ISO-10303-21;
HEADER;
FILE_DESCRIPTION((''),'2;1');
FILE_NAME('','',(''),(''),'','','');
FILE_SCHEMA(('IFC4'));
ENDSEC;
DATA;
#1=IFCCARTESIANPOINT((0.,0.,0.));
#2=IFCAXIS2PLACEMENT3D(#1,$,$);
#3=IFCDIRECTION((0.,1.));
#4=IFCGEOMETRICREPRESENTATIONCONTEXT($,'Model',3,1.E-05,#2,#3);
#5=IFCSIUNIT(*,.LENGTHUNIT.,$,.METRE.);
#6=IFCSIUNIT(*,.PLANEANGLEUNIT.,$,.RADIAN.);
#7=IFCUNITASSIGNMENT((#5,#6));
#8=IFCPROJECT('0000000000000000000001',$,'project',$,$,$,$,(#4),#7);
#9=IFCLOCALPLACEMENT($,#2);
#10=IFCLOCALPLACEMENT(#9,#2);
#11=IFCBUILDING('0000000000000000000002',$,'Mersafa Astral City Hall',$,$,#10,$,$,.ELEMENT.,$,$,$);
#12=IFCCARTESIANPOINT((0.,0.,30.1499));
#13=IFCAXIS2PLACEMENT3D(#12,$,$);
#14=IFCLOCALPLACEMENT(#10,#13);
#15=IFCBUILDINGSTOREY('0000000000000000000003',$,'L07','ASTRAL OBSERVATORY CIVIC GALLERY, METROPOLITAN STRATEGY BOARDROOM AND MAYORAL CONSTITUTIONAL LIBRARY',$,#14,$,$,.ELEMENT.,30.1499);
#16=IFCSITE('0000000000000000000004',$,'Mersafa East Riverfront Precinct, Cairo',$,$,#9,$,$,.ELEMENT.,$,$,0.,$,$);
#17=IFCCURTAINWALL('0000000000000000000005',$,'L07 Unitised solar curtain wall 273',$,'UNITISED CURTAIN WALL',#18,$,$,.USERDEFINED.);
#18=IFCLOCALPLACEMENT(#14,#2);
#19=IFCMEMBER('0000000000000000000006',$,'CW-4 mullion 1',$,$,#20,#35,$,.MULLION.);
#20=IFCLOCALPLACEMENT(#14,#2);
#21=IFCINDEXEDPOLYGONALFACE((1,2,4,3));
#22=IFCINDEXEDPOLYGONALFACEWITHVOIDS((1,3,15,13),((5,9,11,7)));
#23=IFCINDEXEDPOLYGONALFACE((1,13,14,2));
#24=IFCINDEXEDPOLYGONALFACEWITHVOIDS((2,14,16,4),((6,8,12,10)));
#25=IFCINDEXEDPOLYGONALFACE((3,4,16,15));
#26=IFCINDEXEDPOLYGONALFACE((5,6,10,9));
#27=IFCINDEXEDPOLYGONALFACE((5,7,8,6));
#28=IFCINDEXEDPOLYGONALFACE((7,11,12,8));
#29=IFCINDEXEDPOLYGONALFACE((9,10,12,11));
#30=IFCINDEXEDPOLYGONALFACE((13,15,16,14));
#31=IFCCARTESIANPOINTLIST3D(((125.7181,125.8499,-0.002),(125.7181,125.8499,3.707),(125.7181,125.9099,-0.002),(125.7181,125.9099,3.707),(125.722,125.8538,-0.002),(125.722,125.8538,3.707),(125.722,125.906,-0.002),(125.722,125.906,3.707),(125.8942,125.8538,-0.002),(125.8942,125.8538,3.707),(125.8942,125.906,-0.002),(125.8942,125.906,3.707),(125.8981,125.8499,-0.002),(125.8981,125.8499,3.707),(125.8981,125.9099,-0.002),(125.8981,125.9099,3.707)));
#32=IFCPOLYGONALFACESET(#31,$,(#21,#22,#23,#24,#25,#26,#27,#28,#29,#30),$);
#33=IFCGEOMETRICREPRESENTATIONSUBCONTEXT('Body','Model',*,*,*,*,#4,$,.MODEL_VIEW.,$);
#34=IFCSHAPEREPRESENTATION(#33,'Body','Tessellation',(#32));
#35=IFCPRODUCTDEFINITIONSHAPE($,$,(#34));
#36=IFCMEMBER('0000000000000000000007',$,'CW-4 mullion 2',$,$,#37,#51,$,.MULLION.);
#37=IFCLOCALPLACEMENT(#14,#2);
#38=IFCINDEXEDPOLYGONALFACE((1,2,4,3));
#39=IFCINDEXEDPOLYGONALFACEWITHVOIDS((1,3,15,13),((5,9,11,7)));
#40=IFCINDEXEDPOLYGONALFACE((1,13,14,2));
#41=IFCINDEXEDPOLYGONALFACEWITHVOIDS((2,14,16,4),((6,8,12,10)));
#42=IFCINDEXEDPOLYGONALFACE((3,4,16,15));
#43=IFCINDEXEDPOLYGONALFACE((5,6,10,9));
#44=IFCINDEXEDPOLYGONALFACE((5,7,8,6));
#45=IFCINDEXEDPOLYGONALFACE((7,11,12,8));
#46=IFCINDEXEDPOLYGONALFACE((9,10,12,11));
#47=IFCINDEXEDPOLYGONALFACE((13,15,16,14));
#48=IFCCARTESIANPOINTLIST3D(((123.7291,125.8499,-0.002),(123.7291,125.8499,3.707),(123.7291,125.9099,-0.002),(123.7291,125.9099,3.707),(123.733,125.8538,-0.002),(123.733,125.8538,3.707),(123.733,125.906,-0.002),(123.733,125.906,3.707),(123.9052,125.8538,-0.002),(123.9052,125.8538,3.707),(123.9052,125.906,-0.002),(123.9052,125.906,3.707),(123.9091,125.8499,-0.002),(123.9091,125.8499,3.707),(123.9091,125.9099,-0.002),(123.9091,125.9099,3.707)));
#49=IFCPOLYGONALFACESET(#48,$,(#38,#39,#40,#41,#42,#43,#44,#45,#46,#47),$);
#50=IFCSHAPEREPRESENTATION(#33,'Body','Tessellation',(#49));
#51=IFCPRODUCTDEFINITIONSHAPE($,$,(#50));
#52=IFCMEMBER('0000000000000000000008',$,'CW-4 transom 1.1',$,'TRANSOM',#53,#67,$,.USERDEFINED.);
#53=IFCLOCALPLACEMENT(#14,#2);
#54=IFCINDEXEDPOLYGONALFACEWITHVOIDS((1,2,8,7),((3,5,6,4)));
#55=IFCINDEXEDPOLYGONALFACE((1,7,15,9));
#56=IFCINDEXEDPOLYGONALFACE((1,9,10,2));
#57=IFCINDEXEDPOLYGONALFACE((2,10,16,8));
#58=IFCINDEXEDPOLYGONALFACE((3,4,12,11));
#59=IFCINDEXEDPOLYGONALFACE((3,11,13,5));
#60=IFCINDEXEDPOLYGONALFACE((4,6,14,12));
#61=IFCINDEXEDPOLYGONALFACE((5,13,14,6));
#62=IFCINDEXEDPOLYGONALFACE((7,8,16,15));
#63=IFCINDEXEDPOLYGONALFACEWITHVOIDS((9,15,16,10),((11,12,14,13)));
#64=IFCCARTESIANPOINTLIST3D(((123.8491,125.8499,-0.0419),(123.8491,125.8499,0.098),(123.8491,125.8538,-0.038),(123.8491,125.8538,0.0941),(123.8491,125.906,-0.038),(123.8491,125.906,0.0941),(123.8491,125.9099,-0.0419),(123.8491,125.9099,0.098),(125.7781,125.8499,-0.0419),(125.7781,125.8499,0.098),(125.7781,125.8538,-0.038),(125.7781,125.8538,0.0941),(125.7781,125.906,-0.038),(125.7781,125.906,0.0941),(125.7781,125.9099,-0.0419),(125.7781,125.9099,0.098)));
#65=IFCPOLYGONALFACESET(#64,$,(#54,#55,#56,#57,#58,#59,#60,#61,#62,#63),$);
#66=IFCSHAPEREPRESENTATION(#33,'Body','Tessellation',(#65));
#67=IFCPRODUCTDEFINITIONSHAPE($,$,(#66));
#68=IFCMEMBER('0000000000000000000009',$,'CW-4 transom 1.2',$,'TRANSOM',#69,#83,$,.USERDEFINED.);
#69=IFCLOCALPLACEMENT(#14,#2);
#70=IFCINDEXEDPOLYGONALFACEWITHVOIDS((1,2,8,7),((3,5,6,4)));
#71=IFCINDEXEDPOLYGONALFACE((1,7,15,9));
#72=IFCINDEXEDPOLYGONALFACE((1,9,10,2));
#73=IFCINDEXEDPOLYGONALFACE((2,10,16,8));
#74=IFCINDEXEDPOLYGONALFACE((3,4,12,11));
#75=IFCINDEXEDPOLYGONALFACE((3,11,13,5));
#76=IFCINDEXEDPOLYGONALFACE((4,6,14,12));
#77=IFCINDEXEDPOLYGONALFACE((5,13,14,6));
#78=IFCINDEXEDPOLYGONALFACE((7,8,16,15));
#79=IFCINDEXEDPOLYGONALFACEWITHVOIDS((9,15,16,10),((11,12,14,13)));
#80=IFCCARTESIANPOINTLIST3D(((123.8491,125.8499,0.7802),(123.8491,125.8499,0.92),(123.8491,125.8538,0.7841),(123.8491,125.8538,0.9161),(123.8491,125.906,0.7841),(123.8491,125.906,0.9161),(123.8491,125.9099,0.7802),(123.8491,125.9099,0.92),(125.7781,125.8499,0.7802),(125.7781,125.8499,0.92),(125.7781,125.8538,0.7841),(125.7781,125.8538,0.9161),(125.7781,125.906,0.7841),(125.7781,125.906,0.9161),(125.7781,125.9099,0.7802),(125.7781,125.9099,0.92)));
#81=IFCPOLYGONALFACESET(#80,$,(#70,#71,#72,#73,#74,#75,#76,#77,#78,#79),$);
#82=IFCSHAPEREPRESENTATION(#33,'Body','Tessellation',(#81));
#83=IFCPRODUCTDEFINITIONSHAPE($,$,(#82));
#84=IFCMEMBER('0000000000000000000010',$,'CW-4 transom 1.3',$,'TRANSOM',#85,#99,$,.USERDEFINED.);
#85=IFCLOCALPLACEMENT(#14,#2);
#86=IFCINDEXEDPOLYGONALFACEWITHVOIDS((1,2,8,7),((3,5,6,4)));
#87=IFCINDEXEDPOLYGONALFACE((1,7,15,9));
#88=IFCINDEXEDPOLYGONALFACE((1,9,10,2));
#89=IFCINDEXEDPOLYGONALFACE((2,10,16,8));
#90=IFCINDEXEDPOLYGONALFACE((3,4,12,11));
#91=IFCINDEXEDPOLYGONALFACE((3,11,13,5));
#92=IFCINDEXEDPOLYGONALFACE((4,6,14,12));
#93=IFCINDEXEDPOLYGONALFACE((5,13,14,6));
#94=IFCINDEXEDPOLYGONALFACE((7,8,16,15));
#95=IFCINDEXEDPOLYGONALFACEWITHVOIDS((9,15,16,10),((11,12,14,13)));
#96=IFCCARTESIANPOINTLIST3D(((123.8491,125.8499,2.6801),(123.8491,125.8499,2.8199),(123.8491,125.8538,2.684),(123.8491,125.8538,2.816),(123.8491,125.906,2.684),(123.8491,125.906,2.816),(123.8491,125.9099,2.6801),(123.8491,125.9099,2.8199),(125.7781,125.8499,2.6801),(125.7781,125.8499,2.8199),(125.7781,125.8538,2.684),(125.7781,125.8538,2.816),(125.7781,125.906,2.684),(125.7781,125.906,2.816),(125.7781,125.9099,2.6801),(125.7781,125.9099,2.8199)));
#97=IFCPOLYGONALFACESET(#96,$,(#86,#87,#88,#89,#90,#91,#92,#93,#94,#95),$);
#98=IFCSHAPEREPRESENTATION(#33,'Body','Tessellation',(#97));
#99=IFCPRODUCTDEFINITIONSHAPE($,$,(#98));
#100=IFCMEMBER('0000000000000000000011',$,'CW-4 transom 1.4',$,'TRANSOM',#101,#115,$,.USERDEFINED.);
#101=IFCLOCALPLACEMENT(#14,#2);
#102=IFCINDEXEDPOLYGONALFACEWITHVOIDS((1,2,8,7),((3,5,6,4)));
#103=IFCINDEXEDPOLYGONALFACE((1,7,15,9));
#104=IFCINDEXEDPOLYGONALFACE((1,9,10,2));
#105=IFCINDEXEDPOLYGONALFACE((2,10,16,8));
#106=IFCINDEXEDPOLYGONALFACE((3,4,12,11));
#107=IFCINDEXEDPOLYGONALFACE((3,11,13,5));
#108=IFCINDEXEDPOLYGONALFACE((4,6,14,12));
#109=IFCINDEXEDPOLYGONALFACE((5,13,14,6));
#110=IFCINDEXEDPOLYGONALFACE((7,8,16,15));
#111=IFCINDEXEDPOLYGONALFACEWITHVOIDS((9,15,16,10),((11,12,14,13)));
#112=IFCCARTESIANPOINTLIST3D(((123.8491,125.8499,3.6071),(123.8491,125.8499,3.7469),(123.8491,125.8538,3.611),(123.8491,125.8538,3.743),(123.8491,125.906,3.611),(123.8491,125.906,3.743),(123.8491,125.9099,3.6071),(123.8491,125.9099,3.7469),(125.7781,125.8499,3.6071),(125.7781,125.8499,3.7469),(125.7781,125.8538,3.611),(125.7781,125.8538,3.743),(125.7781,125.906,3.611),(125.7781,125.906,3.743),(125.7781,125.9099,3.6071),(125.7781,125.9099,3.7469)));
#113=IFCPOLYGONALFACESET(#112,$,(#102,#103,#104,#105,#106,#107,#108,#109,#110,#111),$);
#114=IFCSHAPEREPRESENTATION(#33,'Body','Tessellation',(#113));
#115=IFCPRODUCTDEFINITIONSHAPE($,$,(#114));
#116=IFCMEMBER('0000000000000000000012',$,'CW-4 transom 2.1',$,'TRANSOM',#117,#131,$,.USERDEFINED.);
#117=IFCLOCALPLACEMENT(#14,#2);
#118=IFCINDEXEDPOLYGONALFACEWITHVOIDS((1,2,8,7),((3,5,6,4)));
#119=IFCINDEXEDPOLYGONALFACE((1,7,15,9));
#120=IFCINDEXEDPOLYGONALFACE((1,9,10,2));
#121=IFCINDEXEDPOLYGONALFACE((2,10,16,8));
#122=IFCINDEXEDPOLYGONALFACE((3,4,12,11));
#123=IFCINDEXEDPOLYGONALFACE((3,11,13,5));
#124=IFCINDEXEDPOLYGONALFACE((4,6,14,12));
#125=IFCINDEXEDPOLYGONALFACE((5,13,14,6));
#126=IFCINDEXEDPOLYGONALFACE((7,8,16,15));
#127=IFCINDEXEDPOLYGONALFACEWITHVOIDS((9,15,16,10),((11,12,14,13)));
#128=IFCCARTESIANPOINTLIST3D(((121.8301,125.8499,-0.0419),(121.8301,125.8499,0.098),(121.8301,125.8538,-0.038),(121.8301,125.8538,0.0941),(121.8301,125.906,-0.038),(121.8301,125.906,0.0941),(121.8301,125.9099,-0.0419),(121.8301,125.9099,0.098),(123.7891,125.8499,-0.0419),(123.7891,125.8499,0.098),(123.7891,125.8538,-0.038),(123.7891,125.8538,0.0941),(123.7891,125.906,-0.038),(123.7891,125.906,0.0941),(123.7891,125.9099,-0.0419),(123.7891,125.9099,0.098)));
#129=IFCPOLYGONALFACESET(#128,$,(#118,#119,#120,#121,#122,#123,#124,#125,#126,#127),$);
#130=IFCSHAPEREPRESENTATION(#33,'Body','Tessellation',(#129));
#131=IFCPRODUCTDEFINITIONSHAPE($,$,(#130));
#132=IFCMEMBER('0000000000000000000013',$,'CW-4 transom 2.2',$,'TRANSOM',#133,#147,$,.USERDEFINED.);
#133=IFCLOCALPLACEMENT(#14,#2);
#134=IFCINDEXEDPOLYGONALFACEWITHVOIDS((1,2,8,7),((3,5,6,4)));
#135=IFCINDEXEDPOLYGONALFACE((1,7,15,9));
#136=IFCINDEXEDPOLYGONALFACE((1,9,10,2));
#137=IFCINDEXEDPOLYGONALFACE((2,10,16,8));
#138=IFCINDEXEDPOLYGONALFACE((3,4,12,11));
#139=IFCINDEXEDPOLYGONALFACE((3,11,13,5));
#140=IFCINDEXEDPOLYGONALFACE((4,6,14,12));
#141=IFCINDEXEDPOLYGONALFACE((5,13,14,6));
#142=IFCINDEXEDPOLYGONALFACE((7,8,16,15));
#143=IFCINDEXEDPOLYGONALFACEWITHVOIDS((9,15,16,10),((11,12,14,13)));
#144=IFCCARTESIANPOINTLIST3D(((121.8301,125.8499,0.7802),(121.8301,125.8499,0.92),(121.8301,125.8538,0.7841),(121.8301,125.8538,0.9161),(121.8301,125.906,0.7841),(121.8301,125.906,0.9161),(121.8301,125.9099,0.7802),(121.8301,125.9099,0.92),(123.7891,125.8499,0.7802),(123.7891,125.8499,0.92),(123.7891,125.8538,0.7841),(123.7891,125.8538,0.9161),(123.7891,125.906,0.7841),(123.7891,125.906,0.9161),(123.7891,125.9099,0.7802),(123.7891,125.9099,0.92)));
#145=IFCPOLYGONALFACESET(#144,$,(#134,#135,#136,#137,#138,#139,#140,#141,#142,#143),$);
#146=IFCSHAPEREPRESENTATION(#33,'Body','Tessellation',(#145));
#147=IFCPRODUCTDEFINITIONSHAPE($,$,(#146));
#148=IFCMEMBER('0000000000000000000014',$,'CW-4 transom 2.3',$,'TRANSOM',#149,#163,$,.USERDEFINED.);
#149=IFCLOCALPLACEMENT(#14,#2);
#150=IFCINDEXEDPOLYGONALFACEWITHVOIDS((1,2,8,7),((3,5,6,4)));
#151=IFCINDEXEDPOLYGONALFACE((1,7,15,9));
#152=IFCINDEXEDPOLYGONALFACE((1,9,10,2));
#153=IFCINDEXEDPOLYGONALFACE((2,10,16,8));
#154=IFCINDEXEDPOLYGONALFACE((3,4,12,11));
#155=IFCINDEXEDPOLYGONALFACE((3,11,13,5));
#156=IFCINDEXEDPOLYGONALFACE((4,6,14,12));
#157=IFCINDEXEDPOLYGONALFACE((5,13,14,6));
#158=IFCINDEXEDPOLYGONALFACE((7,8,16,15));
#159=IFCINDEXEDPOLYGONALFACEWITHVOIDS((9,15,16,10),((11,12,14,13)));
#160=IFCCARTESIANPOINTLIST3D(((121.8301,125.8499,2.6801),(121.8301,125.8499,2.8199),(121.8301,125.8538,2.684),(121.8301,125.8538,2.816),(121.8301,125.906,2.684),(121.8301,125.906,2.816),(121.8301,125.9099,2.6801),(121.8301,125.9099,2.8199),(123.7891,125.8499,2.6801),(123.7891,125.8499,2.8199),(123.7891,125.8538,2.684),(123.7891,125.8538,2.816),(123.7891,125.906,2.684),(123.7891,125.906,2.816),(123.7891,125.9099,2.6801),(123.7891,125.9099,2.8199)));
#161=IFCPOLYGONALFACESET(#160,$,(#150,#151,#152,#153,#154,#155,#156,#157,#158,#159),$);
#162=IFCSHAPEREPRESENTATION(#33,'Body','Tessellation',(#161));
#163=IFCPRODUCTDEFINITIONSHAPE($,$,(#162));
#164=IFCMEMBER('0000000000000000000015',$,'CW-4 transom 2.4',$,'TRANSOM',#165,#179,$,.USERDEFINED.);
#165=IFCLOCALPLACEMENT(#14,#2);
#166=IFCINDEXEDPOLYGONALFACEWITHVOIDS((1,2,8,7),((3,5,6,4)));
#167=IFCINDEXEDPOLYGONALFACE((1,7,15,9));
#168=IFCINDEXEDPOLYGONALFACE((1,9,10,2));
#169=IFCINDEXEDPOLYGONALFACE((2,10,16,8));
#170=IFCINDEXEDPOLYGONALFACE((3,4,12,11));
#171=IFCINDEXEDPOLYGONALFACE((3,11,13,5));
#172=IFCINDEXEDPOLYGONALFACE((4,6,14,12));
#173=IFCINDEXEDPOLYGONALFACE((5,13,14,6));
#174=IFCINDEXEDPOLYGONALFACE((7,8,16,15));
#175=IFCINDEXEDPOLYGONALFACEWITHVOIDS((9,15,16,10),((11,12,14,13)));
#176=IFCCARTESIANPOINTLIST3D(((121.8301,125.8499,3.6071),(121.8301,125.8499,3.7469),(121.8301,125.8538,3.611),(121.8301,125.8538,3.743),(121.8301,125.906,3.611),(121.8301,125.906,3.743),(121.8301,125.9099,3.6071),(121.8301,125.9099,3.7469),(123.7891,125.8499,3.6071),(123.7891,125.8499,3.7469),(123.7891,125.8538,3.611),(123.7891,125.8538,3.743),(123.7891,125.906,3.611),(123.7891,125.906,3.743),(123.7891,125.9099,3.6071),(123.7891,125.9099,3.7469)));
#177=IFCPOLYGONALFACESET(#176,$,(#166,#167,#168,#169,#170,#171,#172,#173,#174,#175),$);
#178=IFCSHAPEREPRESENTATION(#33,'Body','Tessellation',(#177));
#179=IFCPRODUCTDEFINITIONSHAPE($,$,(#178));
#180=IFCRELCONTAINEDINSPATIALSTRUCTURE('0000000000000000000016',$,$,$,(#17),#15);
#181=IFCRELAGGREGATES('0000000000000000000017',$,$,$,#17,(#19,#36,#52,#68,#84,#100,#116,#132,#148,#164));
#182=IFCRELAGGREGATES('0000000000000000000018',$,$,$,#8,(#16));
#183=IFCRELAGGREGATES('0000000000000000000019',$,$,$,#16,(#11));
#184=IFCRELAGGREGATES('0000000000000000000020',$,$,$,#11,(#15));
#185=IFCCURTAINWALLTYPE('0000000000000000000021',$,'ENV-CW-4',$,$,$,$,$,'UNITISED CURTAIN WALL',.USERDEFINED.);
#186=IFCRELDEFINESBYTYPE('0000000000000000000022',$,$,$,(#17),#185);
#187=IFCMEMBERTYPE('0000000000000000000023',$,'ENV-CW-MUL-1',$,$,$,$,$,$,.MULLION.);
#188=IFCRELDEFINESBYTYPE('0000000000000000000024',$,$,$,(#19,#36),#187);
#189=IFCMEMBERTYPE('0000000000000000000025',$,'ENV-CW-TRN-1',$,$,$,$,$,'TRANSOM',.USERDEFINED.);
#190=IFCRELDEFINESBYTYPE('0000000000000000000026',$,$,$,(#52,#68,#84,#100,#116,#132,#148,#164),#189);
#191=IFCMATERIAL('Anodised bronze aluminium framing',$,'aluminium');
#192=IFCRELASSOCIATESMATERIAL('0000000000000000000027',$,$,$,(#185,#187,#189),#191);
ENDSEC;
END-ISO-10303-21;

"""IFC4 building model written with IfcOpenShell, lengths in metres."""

from ifc_helpers import new_model, si_unit, direction, frame, origin, origin_2d, place, context, subcontext, project, spatial, hollow_rectangle, extrude, material, material_profile, profile_set, type_object, element, aggregate, save


model = new_model("IFC4")

# Units and contexts
model_context = context("Model", 3, precision=1e-05, world=origin(), true_north=direction((0.0, 1.0)))
body_context = subcontext(model_context, "Body", "Model", "MODEL_VIEW")
ifc_project = project(units=[si_unit("LENGTHUNIT", "METRE"), si_unit("PLANEANGLEUNIT", "RADIAN")], contexts=[model_context])

# Site, building, storey
site_placement = place(None, origin())
site = spatial("IfcSite", under=ifc_project, at=site_placement, Name="Mersafa East Riverfront Precinct, Cairo", CompositionType="ELEMENT", RefElevation=0.0)
building_placement = place(site_placement, origin())
building = spatial("IfcBuilding", under=site, at=building_placement, Name="Mersafa Astral City Hall", CompositionType="ELEMENT")
storey_placement = place(building_placement, frame((0.0, 0.0, 30.1499)))
storey = spatial("IfcBuildingStorey", under=building, at=storey_placement, Name="L07", Description="ASTRAL OBSERVATORY CIVIC GALLERY, METROPOLITAN STRATEGY BOARDROOM AND MAYORAL CONSTITUTIONAL LIBRARY", CompositionType="ELEMENT", Elevation=30.1499)

# Curtain wall, members
ifc_material_1 = material(Name="Anodised bronze aluminium framing", Category="aluminium")
curtain_wall_type = type_object("IfcCurtainWallType", Name="ENV-CW-4", ElementType="UNITISED CURTAIN WALL", PredefinedType="USERDEFINED", material=ifc_material_1)
curtain_wall_placement = place(storey_placement, origin())
curtain_wall = element("IfcCurtainWall", 1, at=curtain_wall_placement, inside=storey, type_object=curtain_wall_type, Name="L07 Unitised solar curtain wall 273", ObjectType="UNITISED CURTAIN WALL", PredefinedType="USERDEFINED")
ifc_material_profile_1 = material_profile(ifc_material_1, hollow_rectangle(XDim=0.0601, YDim=0.1799, WallThickness=0.0039, at=origin_2d()), Name="RHS 60x180x4")
ifc_profile_set_1 = profile_set([ifc_material_profile_1], Name="Anodised bronze aluminium framing")
member_type_1 = type_object("IfcMemberType", Name="ENV-CW-MUL-1", PredefinedType="MULLION", material=ifc_profile_set_1)
member_1_placement = place(storey_placement, frame((125.8081, 125.8799, -0.002), z_axis=(0.0, 0.0, 1.0), x_axis=(0.0, -1.0, 0.0)))
member_1 = element("IfcMember", 2, at=member_1_placement, type_object=member_type_1, Name="CW-4 mullion 1", PredefinedType="MULLION", context=body_context, shape_type="SweptSolid", body=[
    extrude(hollow_rectangle(XDim=0.0601, YDim=0.1799, WallThickness=0.0039, at=origin_2d()), origin(), (0.0, 0.0, 1.0), 3.709),
])
member_2_placement = place(storey_placement, frame((123.8191, 125.8799, -0.002), z_axis=(0.0, 0.0, 1.0), x_axis=(0.0, -1.0, 0.0)))
member_2 = element("IfcMember", 3, at=member_2_placement, type_object=member_type_1, Name="CW-4 mullion 2", PredefinedType="MULLION", context=body_context, shape_type="SweptSolid", body=[
    extrude(hollow_rectangle(XDim=0.0601, YDim=0.1799, WallThickness=0.0039, at=origin_2d()), origin(), (0.0, 0.0, 1.0), 3.709),
])
ifc_material_profile_2 = material_profile(ifc_material_1, hollow_rectangle(XDim=0.0601, YDim=0.1399, WallThickness=0.0039, at=origin_2d()), Name="RHS 60x140x4")
ifc_profile_set_2 = profile_set([ifc_material_profile_2], Name="Anodised bronze aluminium framing")
member_type_2 = type_object("IfcMemberType", Name="ENV-CW-TRN-1", ElementType="TRANSOM", PredefinedType="USERDEFINED", material=ifc_profile_set_2)
member_3_placement = place(storey_placement, frame((125.7781, 125.8799, 0.0281), z_axis=(-1.0, 0.0, 0.0), x_axis=(0.0, -1.0, 0.0)))
member_3 = element("IfcMember", 4, at=member_3_placement, type_object=member_type_2, Name="CW-4 transom 1.1", ObjectType="TRANSOM", PredefinedType="USERDEFINED", context=body_context, shape_type="SweptSolid", body=[
    extrude(hollow_rectangle(XDim=0.0601, YDim=0.1399, WallThickness=0.0039, at=origin_2d()), origin(), (0.0, 0.0, 1.0), 1.929),
])
member_4_placement = place(storey_placement, frame((125.7781, 125.8799, 0.8501), z_axis=(-1.0, 0.0, 0.0), x_axis=(0.0, -1.0, 0.0)))
member_4 = element("IfcMember", 5, at=member_4_placement, type_object=member_type_2, Name="CW-4 transom 1.2", ObjectType="TRANSOM", PredefinedType="USERDEFINED", context=body_context, shape_type="SweptSolid", body=[
    extrude(hollow_rectangle(XDim=0.0601, YDim=0.1399, WallThickness=0.0039, at=origin_2d()), origin(), (0.0, 0.0, 1.0), 1.929),
])
member_5_placement = place(storey_placement, frame((125.7781, 125.8799, 2.75), z_axis=(-1.0, 0.0, 0.0), x_axis=(0.0, -1.0, 0.0)))
member_5 = element("IfcMember", 6, at=member_5_placement, type_object=member_type_2, Name="CW-4 transom 1.3", ObjectType="TRANSOM", PredefinedType="USERDEFINED", context=body_context, shape_type="SweptSolid", body=[
    extrude(hollow_rectangle(XDim=0.0601, YDim=0.1399, WallThickness=0.0039, at=origin_2d()), origin(), (0.0, 0.0, 1.0), 1.929),
])
member_6_placement = place(storey_placement, frame((125.7781, 125.8799, 3.677), z_axis=(-1.0, 0.0, 0.0), x_axis=(0.0, -1.0, 0.0)))
member_6 = element("IfcMember", 7, at=member_6_placement, type_object=member_type_2, Name="CW-4 transom 1.4", ObjectType="TRANSOM", PredefinedType="USERDEFINED", context=body_context, shape_type="SweptSolid", body=[
    extrude(hollow_rectangle(XDim=0.0601, YDim=0.1399, WallThickness=0.0039, at=origin_2d()), origin(), (0.0, 0.0, 1.0), 1.929),
])
member_7_placement = place(storey_placement, frame((123.7891, 125.8799, 0.0281), z_axis=(-1.0, 0.0, 0.0), x_axis=(0.0, -1.0, 0.0)))
member_7 = element("IfcMember", 8, at=member_7_placement, type_object=member_type_2, Name="CW-4 transom 2.1", ObjectType="TRANSOM", PredefinedType="USERDEFINED", context=body_context, shape_type="SweptSolid", body=[
    extrude(hollow_rectangle(XDim=0.0601, YDim=0.1399, WallThickness=0.0039, at=origin_2d()), origin(), (0.0, 0.0, 1.0), 1.959),
])
member_8_placement = place(storey_placement, frame((123.7891, 125.8799, 0.8501), z_axis=(-1.0, 0.0, 0.0), x_axis=(0.0, -1.0, 0.0)))
member_8 = element("IfcMember", 9, at=member_8_placement, type_object=member_type_2, Name="CW-4 transom 2.2", ObjectType="TRANSOM", PredefinedType="USERDEFINED", context=body_context, shape_type="SweptSolid", body=[
    extrude(hollow_rectangle(XDim=0.0601, YDim=0.1399, WallThickness=0.0039, at=origin_2d()), origin(), (0.0, 0.0, 1.0), 1.959),
])
member_9_placement = place(storey_placement, frame((123.7891, 125.8799, 2.75), z_axis=(-1.0, 0.0, 0.0), x_axis=(0.0, -1.0, 0.0)))
member_9 = element("IfcMember", 10, at=member_9_placement, type_object=member_type_2, Name="CW-4 transom 2.3", ObjectType="TRANSOM", PredefinedType="USERDEFINED", context=body_context, shape_type="SweptSolid", body=[
    extrude(hollow_rectangle(XDim=0.0601, YDim=0.1399, WallThickness=0.0039, at=origin_2d()), origin(), (0.0, 0.0, 1.0), 1.959),
])
member_10_placement = place(storey_placement, frame((123.7891, 125.8799, 3.677), z_axis=(-1.0, 0.0, 0.0), x_axis=(0.0, -1.0, 0.0)))
member_10 = element("IfcMember", 11, at=member_10_placement, type_object=member_type_2, Name="CW-4 transom 2.4", ObjectType="TRANSOM", PredefinedType="USERDEFINED", context=body_context, shape_type="SweptSolid", body=[
    extrude(hollow_rectangle(XDim=0.0601, YDim=0.1399, WallThickness=0.0039, at=origin_2d()), origin(), (0.0, 0.0, 1.0), 1.959),
])

aggregate(curtain_wall, [member_1, member_2, member_3, member_4, member_5, member_6, member_7, member_8, member_9, member_10])

save(model, "model.ifc")
